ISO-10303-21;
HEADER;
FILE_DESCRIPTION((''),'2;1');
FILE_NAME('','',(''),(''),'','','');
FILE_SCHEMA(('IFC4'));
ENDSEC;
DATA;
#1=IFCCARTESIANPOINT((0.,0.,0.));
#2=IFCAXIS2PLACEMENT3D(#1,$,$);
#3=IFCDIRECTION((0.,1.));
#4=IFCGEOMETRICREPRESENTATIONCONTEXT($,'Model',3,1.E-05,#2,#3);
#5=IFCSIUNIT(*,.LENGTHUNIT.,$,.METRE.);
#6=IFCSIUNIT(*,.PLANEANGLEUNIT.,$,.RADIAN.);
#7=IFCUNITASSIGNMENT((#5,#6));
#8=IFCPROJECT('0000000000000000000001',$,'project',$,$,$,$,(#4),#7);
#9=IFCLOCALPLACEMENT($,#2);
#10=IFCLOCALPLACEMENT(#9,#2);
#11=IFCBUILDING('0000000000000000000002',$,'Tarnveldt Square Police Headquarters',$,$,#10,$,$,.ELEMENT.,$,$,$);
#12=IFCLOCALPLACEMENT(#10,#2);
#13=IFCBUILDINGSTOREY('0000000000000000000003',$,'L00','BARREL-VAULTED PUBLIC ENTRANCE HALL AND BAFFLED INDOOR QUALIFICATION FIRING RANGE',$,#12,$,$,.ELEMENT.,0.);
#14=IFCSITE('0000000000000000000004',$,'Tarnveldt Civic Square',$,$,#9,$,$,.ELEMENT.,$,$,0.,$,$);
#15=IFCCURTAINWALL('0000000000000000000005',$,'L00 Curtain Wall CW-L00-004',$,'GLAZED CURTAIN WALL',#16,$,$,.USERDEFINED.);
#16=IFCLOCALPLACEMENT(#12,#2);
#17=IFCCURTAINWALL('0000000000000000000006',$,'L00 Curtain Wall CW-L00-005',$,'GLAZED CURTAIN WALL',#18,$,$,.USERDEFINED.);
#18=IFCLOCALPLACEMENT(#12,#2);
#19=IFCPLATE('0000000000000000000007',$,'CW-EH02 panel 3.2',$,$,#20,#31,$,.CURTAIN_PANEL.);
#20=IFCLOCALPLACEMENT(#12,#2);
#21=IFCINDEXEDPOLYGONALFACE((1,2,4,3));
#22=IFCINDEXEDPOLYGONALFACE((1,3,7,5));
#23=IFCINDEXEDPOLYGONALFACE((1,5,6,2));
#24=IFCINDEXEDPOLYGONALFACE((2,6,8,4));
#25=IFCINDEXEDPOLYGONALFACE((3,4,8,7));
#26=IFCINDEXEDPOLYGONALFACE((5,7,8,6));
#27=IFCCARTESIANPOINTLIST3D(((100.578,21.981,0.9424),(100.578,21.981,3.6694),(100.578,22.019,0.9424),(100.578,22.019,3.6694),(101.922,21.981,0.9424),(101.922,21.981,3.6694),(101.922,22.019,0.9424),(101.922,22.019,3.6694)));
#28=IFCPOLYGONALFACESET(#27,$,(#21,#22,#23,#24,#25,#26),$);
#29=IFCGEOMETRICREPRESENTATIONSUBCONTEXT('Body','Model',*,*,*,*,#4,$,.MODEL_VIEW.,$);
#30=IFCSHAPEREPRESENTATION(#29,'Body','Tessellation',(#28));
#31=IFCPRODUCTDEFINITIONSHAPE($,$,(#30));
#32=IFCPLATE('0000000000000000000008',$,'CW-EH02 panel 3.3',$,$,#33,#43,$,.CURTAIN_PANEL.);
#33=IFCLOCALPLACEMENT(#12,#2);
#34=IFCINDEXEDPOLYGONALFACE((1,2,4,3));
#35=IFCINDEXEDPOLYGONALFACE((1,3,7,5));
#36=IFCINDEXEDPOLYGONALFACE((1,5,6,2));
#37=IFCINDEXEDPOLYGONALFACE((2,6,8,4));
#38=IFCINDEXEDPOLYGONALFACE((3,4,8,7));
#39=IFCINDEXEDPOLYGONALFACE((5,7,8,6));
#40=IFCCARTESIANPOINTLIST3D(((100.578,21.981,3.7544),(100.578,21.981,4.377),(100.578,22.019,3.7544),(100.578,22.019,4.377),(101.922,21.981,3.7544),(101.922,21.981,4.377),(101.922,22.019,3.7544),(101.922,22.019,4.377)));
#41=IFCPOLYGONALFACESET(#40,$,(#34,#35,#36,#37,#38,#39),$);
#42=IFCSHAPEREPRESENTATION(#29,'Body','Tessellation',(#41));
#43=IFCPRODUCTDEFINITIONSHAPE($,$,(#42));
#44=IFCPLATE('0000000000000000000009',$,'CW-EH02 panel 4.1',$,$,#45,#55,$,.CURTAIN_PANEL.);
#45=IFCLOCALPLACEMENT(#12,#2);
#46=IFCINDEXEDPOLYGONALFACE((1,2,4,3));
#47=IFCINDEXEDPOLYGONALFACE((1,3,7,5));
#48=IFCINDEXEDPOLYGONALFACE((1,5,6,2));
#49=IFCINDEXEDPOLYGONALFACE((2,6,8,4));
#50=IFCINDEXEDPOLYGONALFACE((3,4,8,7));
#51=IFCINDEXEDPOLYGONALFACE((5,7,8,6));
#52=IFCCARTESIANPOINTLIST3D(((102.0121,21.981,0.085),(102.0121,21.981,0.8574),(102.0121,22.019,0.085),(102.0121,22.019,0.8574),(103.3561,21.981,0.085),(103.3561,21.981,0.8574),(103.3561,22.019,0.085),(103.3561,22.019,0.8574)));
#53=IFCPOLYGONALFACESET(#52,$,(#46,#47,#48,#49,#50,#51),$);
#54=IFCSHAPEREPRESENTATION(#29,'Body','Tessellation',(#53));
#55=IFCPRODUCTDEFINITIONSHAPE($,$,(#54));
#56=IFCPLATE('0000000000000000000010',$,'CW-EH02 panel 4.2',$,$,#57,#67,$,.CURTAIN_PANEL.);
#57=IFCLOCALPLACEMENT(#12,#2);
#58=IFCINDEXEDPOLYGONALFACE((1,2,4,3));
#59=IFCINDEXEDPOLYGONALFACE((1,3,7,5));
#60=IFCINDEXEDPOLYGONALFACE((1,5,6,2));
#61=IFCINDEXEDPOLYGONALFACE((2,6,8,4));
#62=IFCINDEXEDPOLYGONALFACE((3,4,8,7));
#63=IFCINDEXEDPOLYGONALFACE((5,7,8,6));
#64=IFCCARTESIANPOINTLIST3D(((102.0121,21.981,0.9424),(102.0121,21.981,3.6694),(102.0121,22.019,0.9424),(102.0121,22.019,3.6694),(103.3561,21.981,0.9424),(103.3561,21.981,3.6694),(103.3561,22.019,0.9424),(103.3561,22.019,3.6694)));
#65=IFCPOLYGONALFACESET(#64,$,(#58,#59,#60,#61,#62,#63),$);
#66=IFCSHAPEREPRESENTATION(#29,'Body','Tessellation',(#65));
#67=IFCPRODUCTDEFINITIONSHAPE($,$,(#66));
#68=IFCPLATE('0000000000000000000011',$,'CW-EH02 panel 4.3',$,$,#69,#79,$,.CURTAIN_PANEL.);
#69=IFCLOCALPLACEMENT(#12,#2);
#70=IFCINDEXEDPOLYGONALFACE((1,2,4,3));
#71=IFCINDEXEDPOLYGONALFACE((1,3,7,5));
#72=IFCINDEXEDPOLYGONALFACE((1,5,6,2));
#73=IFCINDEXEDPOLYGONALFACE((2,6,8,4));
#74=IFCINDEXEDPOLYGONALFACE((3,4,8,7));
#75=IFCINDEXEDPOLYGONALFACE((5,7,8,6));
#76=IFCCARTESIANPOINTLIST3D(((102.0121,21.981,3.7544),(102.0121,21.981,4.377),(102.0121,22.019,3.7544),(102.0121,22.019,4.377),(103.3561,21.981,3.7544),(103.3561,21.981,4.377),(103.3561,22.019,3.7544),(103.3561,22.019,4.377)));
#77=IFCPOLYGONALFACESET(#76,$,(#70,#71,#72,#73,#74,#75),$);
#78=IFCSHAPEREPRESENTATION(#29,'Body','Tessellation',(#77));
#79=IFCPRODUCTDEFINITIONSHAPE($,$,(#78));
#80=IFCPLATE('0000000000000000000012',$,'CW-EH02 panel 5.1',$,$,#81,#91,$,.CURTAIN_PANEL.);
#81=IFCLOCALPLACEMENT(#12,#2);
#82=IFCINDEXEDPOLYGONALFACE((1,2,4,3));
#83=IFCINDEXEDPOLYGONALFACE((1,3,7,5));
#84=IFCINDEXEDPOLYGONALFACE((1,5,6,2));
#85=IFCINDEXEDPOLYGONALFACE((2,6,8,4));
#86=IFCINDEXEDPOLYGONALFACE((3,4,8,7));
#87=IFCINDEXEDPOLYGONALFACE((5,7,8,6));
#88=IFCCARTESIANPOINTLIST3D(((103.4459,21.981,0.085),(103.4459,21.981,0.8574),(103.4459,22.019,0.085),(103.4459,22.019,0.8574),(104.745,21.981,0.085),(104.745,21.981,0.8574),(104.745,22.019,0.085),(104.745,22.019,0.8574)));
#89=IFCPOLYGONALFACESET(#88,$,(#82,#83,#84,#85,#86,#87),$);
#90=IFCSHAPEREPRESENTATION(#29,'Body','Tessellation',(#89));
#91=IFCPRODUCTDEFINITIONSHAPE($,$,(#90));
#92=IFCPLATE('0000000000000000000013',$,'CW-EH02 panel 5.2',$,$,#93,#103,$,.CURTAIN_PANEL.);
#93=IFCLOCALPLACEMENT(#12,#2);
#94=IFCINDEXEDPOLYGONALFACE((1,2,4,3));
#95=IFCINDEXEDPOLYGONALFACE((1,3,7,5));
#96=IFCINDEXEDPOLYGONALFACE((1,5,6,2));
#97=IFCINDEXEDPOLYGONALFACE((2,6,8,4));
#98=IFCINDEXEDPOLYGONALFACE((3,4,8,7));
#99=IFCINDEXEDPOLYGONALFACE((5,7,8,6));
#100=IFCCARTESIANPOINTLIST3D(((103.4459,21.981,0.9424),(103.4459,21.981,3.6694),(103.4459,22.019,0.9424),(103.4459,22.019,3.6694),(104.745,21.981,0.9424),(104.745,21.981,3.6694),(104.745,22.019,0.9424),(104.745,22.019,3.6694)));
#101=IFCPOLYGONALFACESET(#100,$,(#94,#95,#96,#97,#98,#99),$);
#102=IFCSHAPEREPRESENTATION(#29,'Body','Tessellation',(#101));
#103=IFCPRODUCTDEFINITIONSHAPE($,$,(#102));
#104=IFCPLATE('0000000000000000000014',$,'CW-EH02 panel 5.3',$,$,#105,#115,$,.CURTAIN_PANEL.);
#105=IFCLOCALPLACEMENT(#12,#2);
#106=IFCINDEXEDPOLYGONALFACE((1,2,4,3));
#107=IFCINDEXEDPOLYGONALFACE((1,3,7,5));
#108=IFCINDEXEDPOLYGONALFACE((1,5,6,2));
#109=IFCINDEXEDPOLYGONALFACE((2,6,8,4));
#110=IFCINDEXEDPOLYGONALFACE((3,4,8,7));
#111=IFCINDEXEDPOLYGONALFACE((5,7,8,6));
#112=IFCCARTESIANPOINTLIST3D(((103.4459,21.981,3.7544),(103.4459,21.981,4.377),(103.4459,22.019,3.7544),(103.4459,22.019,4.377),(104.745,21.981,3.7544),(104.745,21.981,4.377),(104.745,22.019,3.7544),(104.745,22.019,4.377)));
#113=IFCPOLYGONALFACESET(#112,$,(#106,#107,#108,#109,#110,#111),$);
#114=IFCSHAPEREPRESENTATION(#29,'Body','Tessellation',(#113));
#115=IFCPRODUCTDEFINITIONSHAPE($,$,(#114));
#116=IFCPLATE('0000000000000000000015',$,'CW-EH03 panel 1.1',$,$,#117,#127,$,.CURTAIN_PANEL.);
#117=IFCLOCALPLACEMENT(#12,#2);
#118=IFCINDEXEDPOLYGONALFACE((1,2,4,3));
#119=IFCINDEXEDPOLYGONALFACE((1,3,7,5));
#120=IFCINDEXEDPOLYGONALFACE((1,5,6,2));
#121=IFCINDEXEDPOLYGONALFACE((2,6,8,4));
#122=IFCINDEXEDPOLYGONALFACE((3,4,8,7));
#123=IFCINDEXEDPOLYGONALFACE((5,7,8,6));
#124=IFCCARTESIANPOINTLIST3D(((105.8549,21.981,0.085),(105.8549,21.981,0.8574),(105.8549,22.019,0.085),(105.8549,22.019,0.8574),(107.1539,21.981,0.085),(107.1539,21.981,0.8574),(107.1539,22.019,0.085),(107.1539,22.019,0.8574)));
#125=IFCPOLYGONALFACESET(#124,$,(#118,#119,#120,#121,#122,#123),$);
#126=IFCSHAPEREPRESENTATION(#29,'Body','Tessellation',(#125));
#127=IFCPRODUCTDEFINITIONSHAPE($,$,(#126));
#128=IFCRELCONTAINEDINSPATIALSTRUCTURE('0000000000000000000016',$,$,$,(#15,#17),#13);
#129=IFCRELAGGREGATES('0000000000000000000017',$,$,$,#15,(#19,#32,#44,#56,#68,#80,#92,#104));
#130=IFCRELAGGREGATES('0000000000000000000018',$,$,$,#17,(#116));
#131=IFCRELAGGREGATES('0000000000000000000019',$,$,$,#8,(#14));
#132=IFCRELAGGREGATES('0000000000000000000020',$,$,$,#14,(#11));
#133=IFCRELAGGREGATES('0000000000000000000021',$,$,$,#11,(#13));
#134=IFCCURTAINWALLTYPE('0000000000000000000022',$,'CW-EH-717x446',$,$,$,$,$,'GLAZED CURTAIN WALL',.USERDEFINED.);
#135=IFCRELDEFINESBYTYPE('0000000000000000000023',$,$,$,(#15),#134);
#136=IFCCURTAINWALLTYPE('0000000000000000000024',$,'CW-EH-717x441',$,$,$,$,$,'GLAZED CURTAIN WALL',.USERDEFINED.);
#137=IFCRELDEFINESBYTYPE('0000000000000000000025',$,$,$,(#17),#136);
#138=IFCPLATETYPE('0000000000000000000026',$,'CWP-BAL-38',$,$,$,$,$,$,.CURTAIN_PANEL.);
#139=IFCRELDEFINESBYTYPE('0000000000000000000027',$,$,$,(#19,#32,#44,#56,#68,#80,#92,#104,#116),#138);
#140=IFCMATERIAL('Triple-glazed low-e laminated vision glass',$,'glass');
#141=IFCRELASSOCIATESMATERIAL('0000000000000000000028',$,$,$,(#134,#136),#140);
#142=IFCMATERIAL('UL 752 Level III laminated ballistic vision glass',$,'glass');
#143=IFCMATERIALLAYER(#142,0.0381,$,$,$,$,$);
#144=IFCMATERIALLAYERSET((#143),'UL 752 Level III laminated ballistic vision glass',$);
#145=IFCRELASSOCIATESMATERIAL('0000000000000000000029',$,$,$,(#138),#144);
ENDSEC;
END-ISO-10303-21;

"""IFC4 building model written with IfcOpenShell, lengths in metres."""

from ifc_helpers import new_model, si_unit, direction, frame, origin, origin_2d, place, context, subcontext, project, spatial, rectangle, extrude, material, layer, layer_set, type_object, element, aggregate, save


model = new_model("IFC4")

# Units and contexts
model_context = context("Model", 3, precision=1e-05, world=origin(), true_north=direction((0.0, 1.0)))
body_context = subcontext(model_context, "Body", "Model", "MODEL_VIEW")
ifc_project = project(units=[si_unit("LENGTHUNIT", "METRE"), si_unit("PLANEANGLEUNIT", "RADIAN")], contexts=[model_context])

# Site, building, storey
site_placement = place(None, origin())
site = spatial("IfcSite", under=ifc_project, at=site_placement, Name="Tarnveldt Civic Square", CompositionType="ELEMENT", RefElevation=0.0)
building_placement = place(site_placement, origin())
building = spatial("IfcBuilding", under=site, at=building_placement, Name="Tarnveldt Square Police Headquarters", CompositionType="ELEMENT")
storey_placement = place(building_placement, origin())
storey = spatial("IfcBuildingStorey", under=building, at=storey_placement, Name="L00", Description="BARREL-VAULTED PUBLIC ENTRANCE HALL AND BAFFLED INDOOR QUALIFICATION FIRING RANGE", CompositionType="ELEMENT", Elevation=0.0)

# Curtain wall
ifc_material_1 = material(Name="Triple-glazed low-e laminated vision glass", Category="glass")
curtain_wall_type_1 = type_object("IfcCurtainWallType", Name="CW-EH-717x446", ElementType="GLAZED CURTAIN WALL", PredefinedType="USERDEFINED", material=ifc_material_1)
curtain_wall_1_placement = place(storey_placement, origin())
curtain_wall_1 = element("IfcCurtainWall", 1, at=curtain_wall_1_placement, inside=storey, type_object=curtain_wall_type_1, Name="L00 Curtain Wall CW-L00-004", ObjectType="GLAZED CURTAIN WALL", PredefinedType="USERDEFINED")

# Curtain wall
curtain_wall_type_2 = type_object("IfcCurtainWallType", Name="CW-EH-717x441", ElementType="GLAZED CURTAIN WALL", PredefinedType="USERDEFINED", material=ifc_material_1)
curtain_wall_2_placement = place(storey_placement, origin())
curtain_wall_2 = element("IfcCurtainWall", 2, at=curtain_wall_2_placement, inside=storey, type_object=curtain_wall_type_2, Name="L00 Curtain Wall CW-L00-005", ObjectType="GLAZED CURTAIN WALL", PredefinedType="USERDEFINED")

# Plates
ifc_material_2 = material(Name="UL 752 Level III laminated ballistic vision glass", Category="glass")
ifc_layer = layer(ifc_material_2, 0.0381)
ifc_layer_set = layer_set([ifc_layer], Name="UL 752 Level III laminated ballistic vision glass")
plate_type = type_object("IfcPlateType", Name="CWP-BAL-38", PredefinedType="CURTAIN_PANEL", material=ifc_layer_set)
plate_1_placement = place(storey_placement, frame((101.25, 22.0, 0.9424), z_axis=(0.0, 0.0, 1.0), x_axis=(1.0, 0.0, 0.0)))
plate_1 = element("IfcPlate", 3, at=plate_1_placement, type_object=plate_type, Name="CW-EH02 panel 3.2", PredefinedType="CURTAIN_PANEL", context=body_context, shape_type="SweptSolid", body=[
    extrude(rectangle(XDim=1.344, YDim=0.0381, at=origin_2d()), origin(), (0.0, 0.0, 1.0), 2.7271),
])
plate_2_placement = place(storey_placement, frame((101.25, 22.0, 3.7544), z_axis=(0.0, 0.0, 1.0), x_axis=(1.0, 0.0, 0.0)))
plate_2 = element("IfcPlate", 4, at=plate_2_placement, type_object=plate_type, Name="CW-EH02 panel 3.3", PredefinedType="CURTAIN_PANEL", context=body_context, shape_type="SweptSolid", body=[
    extrude(rectangle(XDim=1.344, YDim=0.0381, at=origin_2d()), origin(), (0.0, 0.0, 1.0), 0.6226),
])
plate_3_placement = place(storey_placement, frame((102.6841, 22.0, 0.085), z_axis=(0.0, 0.0, 1.0), x_axis=(1.0, 0.0, 0.0)))
plate_3 = element("IfcPlate", 5, at=plate_3_placement, type_object=plate_type, Name="CW-EH02 panel 4.1", PredefinedType="CURTAIN_PANEL", context=body_context, shape_type="SweptSolid", body=[
    extrude(rectangle(XDim=1.344, YDim=0.0381, at=origin_2d()), origin(), (0.0, 0.0, 1.0), 0.7725),
])
plate_4_placement = place(storey_placement, frame((102.6841, 22.0, 0.9424), z_axis=(0.0, 0.0, 1.0), x_axis=(1.0, 0.0, 0.0)))
plate_4 = element("IfcPlate", 6, at=plate_4_placement, type_object=plate_type, Name="CW-EH02 panel 4.2", PredefinedType="CURTAIN_PANEL", context=body_context, shape_type="SweptSolid", body=[
    extrude(rectangle(XDim=1.344, YDim=0.0381, at=origin_2d()), origin(), (0.0, 0.0, 1.0), 2.7271),
])
plate_5_placement = place(storey_placement, frame((102.6841, 22.0, 3.7544), z_axis=(0.0, 0.0, 1.0), x_axis=(1.0, 0.0, 0.0)))
plate_5 = element("IfcPlate", 7, at=plate_5_placement, type_object=plate_type, Name="CW-EH02 panel 4.3", PredefinedType="CURTAIN_PANEL", context=body_context, shape_type="SweptSolid", body=[
    extrude(rectangle(XDim=1.344, YDim=0.0381, at=origin_2d()), origin(), (0.0, 0.0, 1.0), 0.6226),
])
plate_6_placement = place(storey_placement, frame((104.0955, 22.0, 0.085), z_axis=(0.0, 0.0, 1.0), x_axis=(1.0, 0.0, 0.0)))
plate_6 = element("IfcPlate", 8, at=plate_6_placement, type_object=plate_type, Name="CW-EH02 panel 5.1", PredefinedType="CURTAIN_PANEL", context=body_context, shape_type="SweptSolid", body=[
    extrude(rectangle(XDim=1.2991, YDim=0.0381, at=origin_2d()), origin(), (0.0, 0.0, 1.0), 0.7725),
])
plate_7_placement = place(storey_placement, frame((104.0955, 22.0, 0.9424), z_axis=(0.0, 0.0, 1.0), x_axis=(1.0, 0.0, 0.0)))
plate_7 = element("IfcPlate", 9, at=plate_7_placement, type_object=plate_type, Name="CW-EH02 panel 5.2", PredefinedType="CURTAIN_PANEL", context=body_context, shape_type="SweptSolid", body=[
    extrude(rectangle(XDim=1.2991, YDim=0.0381, at=origin_2d()), origin(), (0.0, 0.0, 1.0), 2.7271),
])
plate_8_placement = place(storey_placement, frame((104.0955, 22.0, 3.7544), z_axis=(0.0, 0.0, 1.0), x_axis=(1.0, 0.0, 0.0)))
plate_8 = element("IfcPlate", 10, at=plate_8_placement, type_object=plate_type, Name="CW-EH02 panel 5.3", PredefinedType="CURTAIN_PANEL", context=body_context, shape_type="SweptSolid", body=[
    extrude(rectangle(XDim=1.2991, YDim=0.0381, at=origin_2d()), origin(), (0.0, 0.0, 1.0), 0.6226),
])
aggregate(curtain_wall_1, [plate_1, plate_2, plate_3, plate_4, plate_5, plate_6, plate_7, plate_8])
plate_9_placement = place(storey_placement, frame((106.5044, 22.0, 0.085), z_axis=(0.0, 0.0, 1.0), x_axis=(1.0, 0.0, 0.0)))
plate_9 = element("IfcPlate", 11, at=plate_9_placement, type_object=plate_type, Name="CW-EH03 panel 1.1", PredefinedType="CURTAIN_PANEL", context=body_context, shape_type="SweptSolid", body=[
    extrude(rectangle(XDim=1.2991, YDim=0.0381, at=origin_2d()), origin(), (0.0, 0.0, 1.0), 0.7725),
])
aggregate(curtain_wall_2, [plate_9])

save(model, "model.ifc")
